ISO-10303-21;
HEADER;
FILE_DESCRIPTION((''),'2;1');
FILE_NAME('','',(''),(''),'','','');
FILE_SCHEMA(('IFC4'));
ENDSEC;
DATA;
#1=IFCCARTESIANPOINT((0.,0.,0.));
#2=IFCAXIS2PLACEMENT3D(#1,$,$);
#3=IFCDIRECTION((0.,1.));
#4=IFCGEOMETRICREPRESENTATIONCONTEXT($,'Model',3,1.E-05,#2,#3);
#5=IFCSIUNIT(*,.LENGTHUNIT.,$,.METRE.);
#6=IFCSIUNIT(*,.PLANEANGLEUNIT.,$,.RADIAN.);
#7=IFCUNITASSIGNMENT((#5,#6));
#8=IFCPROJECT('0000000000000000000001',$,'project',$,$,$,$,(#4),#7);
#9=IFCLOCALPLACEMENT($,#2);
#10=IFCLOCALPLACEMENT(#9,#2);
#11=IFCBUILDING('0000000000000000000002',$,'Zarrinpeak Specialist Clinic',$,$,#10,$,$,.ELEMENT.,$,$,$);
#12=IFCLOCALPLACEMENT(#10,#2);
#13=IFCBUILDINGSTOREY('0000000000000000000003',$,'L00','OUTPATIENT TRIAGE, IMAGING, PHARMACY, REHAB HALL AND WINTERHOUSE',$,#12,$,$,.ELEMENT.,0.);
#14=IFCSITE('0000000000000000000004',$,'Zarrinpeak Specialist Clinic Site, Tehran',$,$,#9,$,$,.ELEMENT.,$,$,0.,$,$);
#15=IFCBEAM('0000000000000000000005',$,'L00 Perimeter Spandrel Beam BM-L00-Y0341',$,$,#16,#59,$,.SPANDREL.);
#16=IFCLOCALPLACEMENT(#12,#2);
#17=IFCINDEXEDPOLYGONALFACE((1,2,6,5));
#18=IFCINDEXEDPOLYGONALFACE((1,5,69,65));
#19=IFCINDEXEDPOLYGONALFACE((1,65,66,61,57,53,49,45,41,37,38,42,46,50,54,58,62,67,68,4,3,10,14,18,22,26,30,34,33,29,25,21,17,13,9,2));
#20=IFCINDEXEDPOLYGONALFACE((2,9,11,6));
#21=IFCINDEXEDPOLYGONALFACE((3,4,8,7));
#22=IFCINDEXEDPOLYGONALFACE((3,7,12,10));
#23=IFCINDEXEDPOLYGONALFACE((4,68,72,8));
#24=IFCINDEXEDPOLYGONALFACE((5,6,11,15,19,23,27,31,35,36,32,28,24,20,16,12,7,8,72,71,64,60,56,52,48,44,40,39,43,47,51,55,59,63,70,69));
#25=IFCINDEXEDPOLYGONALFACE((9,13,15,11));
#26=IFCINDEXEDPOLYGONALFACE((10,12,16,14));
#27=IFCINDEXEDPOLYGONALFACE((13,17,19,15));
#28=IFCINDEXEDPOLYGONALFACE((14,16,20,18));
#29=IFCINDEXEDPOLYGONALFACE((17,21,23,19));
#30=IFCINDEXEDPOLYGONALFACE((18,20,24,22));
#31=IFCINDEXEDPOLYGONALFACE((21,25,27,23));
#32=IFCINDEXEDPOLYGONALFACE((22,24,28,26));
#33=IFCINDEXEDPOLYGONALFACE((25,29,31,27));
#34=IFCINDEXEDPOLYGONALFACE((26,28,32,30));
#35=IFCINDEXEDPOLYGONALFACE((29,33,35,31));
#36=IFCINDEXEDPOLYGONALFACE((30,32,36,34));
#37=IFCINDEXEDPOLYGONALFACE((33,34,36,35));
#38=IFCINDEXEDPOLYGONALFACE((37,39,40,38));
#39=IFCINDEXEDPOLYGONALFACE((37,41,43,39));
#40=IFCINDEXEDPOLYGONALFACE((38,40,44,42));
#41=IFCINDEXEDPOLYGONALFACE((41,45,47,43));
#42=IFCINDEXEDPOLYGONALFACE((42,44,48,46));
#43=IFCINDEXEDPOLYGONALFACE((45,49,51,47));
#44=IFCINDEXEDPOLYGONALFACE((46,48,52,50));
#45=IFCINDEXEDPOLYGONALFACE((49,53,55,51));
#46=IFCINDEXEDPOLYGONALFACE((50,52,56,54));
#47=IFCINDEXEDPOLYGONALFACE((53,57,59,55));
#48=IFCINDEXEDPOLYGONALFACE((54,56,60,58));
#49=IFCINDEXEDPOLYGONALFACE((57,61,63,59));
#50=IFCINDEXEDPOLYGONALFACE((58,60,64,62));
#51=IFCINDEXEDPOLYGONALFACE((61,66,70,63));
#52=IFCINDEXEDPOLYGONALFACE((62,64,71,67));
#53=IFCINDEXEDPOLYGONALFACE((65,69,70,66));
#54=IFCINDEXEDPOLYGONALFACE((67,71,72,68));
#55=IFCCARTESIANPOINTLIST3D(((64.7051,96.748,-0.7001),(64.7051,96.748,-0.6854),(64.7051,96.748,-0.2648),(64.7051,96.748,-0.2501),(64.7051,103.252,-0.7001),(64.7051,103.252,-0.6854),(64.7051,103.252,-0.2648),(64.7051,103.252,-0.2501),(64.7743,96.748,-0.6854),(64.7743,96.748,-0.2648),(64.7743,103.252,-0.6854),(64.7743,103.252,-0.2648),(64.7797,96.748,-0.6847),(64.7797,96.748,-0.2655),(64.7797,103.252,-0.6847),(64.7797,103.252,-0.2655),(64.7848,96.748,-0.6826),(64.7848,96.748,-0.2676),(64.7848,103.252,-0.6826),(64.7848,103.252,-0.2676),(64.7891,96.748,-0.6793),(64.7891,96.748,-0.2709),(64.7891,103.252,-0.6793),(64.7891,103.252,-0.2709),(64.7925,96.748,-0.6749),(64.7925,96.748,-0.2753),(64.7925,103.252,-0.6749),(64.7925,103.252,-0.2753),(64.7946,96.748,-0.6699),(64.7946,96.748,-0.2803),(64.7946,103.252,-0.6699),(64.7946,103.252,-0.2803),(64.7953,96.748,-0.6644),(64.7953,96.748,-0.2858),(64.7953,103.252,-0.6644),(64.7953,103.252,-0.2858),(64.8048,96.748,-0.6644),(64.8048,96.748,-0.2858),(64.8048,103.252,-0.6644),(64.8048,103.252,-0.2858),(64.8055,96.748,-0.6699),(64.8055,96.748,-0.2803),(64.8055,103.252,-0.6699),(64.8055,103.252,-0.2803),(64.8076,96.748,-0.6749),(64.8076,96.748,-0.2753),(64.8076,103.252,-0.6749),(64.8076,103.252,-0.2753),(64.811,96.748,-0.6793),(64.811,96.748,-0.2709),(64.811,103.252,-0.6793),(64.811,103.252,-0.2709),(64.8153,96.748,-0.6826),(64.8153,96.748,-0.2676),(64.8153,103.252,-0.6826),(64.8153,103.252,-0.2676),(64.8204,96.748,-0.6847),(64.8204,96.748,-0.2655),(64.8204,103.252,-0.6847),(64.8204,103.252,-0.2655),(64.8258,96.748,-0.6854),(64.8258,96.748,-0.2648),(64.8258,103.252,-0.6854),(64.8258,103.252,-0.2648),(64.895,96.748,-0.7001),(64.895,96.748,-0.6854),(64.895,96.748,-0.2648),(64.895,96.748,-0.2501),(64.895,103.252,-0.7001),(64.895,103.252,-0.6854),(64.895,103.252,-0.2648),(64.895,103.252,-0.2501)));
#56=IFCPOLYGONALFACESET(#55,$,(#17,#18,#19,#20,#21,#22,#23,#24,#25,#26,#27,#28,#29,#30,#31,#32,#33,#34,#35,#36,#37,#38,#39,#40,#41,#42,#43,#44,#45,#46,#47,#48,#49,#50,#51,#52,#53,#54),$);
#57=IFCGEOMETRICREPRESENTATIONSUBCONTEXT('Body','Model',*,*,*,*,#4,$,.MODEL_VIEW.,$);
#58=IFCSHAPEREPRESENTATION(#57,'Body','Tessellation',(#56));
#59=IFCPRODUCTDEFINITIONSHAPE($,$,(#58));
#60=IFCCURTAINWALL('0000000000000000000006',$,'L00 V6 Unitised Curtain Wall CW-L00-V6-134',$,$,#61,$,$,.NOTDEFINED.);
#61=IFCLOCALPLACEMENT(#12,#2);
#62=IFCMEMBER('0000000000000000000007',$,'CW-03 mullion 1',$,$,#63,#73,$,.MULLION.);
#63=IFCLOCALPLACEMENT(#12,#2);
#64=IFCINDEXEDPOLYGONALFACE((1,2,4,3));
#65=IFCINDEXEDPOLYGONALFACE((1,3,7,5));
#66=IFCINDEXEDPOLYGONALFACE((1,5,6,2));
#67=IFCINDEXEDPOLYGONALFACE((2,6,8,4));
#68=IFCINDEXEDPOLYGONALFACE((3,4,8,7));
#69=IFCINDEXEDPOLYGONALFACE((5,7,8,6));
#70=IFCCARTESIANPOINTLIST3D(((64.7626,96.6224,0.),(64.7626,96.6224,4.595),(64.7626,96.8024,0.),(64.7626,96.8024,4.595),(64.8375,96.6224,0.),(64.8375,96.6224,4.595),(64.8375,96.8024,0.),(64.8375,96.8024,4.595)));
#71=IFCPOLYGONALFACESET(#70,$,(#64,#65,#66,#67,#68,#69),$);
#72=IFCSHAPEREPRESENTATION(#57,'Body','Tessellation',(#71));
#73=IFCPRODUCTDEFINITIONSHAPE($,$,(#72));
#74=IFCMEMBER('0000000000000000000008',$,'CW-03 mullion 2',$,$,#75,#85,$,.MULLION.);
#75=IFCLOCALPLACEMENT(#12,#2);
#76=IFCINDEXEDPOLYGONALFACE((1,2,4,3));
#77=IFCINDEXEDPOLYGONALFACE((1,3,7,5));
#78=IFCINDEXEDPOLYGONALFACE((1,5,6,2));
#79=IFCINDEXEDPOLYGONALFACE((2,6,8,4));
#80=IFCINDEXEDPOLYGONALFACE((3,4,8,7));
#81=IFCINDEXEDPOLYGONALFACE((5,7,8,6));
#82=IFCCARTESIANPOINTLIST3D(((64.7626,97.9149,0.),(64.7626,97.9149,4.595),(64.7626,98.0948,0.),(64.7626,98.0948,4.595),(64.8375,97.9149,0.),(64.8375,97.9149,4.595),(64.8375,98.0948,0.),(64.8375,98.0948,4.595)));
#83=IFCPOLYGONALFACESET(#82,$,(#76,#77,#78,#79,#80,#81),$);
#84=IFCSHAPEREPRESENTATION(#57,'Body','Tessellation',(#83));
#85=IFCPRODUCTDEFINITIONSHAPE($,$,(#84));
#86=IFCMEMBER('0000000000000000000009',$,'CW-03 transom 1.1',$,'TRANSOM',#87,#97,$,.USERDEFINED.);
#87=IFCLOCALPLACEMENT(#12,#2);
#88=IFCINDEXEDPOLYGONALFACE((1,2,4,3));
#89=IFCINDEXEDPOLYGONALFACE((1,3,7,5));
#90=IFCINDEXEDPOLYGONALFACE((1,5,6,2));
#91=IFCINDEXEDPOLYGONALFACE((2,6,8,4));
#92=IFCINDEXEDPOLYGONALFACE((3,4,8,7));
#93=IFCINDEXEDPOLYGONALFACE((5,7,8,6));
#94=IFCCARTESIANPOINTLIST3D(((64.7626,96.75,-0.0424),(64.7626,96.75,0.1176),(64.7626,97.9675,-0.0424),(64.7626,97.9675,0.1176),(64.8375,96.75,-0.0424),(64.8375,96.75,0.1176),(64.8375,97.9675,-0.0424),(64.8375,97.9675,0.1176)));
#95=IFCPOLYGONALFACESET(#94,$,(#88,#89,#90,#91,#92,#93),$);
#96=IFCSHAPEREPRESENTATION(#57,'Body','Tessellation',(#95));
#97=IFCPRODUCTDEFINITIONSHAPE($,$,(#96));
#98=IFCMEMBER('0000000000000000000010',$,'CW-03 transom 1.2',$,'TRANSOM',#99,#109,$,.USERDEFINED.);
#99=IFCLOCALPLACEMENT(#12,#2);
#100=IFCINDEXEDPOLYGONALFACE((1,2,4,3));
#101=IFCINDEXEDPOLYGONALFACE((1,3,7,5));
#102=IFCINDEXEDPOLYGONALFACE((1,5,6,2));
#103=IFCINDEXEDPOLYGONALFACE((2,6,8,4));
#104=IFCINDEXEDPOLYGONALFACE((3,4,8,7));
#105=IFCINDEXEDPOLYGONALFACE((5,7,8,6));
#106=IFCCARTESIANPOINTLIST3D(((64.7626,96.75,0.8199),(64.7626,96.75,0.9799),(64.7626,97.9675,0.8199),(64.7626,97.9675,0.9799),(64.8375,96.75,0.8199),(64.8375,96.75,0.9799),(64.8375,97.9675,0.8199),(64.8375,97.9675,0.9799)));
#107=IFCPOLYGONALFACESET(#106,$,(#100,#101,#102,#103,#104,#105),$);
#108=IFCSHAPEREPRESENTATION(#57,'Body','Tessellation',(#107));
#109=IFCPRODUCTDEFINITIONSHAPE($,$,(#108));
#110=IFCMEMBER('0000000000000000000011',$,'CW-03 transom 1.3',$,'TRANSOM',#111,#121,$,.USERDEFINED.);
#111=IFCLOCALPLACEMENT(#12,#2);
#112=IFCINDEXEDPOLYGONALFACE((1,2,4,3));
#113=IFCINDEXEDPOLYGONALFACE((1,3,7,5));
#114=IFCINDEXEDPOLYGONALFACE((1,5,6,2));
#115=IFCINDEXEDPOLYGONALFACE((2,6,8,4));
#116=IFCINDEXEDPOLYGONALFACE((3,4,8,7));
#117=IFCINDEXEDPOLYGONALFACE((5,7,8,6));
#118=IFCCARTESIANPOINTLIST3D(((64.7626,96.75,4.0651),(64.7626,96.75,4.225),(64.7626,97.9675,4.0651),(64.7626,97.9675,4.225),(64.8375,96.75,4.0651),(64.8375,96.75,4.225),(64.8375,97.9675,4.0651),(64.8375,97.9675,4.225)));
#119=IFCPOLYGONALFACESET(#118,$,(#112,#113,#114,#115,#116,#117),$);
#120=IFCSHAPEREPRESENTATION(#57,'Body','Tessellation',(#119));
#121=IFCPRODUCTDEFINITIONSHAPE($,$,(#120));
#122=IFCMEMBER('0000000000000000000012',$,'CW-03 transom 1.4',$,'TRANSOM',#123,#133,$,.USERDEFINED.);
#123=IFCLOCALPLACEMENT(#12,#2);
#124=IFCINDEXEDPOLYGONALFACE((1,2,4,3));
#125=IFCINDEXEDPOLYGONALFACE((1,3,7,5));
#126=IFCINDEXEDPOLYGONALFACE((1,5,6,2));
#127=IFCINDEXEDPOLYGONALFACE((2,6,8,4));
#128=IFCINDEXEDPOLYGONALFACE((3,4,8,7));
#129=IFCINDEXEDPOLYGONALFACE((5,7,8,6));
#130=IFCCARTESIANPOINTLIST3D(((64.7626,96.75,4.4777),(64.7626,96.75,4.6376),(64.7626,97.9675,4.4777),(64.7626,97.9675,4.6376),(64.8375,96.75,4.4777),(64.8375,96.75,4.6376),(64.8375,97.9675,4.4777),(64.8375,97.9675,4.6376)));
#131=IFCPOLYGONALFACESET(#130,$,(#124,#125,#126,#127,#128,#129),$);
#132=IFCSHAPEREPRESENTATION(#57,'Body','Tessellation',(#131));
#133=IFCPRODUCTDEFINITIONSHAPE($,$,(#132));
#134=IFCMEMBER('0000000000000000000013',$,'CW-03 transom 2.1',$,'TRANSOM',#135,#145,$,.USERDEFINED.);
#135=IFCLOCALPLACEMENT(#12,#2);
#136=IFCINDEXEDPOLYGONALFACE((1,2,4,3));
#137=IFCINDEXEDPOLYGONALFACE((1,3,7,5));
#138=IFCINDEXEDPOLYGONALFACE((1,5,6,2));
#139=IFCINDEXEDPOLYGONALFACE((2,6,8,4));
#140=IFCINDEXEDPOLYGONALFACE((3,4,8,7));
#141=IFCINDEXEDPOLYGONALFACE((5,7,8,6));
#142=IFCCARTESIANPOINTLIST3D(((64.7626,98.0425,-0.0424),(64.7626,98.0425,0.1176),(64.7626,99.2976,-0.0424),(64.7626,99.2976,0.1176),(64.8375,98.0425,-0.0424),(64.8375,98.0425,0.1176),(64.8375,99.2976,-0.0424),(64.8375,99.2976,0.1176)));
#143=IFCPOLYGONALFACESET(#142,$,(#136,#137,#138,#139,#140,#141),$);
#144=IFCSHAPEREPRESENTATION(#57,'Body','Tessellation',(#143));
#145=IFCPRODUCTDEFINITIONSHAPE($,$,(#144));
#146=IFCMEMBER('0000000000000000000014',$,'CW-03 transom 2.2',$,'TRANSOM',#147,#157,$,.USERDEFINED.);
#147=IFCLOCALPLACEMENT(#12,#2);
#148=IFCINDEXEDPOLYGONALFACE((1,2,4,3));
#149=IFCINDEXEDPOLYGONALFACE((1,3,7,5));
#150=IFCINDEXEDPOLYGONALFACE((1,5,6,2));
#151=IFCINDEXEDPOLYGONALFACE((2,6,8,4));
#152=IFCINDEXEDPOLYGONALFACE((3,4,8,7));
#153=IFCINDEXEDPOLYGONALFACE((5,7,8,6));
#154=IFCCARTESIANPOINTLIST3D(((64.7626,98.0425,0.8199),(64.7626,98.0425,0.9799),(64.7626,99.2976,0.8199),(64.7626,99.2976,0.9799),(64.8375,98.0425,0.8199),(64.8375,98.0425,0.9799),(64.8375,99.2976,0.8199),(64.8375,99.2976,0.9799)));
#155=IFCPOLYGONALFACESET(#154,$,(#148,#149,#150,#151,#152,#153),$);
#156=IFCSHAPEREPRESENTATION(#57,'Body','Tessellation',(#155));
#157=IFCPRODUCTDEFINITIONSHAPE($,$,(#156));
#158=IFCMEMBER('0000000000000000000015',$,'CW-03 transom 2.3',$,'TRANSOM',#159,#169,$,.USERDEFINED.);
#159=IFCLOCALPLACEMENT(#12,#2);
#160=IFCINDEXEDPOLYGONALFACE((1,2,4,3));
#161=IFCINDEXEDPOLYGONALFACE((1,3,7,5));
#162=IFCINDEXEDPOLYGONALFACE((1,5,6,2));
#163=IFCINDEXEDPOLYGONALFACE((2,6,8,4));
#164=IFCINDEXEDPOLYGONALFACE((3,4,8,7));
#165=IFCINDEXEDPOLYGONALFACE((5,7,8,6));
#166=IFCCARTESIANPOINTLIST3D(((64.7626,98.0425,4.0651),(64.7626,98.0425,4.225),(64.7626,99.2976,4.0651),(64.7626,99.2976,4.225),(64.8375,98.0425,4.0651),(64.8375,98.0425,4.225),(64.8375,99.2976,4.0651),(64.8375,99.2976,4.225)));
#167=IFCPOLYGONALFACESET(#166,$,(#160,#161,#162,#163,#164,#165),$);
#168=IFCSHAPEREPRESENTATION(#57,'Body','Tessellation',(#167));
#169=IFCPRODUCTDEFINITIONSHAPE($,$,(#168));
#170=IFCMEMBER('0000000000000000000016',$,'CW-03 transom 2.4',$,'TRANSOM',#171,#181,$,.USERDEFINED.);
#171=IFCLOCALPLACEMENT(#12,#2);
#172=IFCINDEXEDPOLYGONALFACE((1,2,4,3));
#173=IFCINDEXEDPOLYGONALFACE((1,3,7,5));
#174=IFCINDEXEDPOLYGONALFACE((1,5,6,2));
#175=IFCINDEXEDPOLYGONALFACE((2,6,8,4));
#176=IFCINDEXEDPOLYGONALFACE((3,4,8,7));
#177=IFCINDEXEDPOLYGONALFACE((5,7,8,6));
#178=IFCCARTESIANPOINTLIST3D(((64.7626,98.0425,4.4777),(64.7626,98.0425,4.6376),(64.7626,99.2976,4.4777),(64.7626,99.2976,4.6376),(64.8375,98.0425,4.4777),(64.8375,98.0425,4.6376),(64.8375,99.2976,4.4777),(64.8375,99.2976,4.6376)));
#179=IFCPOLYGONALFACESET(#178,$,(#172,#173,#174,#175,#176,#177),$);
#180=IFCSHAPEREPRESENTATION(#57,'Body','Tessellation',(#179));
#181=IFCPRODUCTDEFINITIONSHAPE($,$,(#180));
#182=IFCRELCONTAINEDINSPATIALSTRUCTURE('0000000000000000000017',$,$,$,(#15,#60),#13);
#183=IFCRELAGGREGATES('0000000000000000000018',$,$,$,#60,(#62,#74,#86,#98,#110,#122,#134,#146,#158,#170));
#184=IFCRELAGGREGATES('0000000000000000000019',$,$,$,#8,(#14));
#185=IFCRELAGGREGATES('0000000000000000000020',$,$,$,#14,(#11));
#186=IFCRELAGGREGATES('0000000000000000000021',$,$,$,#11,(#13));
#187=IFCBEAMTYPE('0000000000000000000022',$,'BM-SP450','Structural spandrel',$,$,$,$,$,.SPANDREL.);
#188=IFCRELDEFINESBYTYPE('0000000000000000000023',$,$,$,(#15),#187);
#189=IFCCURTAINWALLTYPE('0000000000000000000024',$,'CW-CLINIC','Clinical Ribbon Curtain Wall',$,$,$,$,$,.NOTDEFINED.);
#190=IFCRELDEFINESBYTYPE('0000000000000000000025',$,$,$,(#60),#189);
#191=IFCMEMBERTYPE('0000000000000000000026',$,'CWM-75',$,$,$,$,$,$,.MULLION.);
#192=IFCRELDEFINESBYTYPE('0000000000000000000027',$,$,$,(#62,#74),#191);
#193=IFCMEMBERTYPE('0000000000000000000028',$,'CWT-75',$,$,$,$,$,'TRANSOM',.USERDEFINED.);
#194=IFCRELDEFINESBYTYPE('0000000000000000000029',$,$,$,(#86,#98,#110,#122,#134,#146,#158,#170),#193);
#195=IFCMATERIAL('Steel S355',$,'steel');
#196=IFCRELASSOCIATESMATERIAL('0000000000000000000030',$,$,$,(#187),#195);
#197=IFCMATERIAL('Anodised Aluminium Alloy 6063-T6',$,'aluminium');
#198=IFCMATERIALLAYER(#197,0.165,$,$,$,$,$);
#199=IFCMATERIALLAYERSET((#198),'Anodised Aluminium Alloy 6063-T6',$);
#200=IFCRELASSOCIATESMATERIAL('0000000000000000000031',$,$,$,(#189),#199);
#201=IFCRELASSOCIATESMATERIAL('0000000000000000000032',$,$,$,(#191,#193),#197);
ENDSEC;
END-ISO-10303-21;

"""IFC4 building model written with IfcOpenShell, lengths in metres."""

from ifc_helpers import new_model, si_unit, direction, frame, origin, origin_2d, place, context, subcontext, project, spatial, rectangle, i_section, extrude, material, layer, layer_set, material_profile, profile_set, type_object, element, aggregate, save


model = new_model("IFC4")

# Units and contexts
model_context = context("Model", 3, precision=1e-05, world=origin(), true_north=direction((0.0, 1.0)))
body_context = subcontext(model_context, "Body", "Model", "MODEL_VIEW")
ifc_project = project(units=[si_unit("LENGTHUNIT", "METRE"), si_unit("PLANEANGLEUNIT", "RADIAN")], contexts=[model_context])

# Site, building, storey
site_placement = place(None, origin())
site = spatial("IfcSite", under=ifc_project, at=site_placement, Name="Zarrinpeak Specialist Clinic Site, Tehran", CompositionType="ELEMENT", RefElevation=0.0)
building_placement = place(site_placement, origin())
building = spatial("IfcBuilding", under=site, at=building_placement, Name="Zarrinpeak Specialist Clinic", CompositionType="ELEMENT")
storey_placement = place(building_placement, origin())
storey = spatial("IfcBuildingStorey", under=building, at=storey_placement, Name="L00", Description="OUTPATIENT TRIAGE, IMAGING, PHARMACY, REHAB HALL AND WINTERHOUSE", CompositionType="ELEMENT", Elevation=0.0)

# Shared definitions
ifc_material_1 = material(Name="Steel S355", Category="steel")

# Beam
ifc_material_profile_1 = material_profile(ifc_material_1, i_section(OverallWidth=0.1899, OverallDepth=0.45, WebThickness=0.0095, FlangeThickness=0.0146, FilletRadius=0.021, at=origin_2d()), Name="IPE 450")
ifc_profile_set_1 = profile_set([ifc_material_profile_1], Name="Steel S355")
beam_type_1 = type_object("IfcBeamType", Name="BM-SP450", Description="Structural spandrel", PredefinedType="SPANDREL", material=ifc_profile_set_1)
beam_1_placement = place(storey_placement, frame((64.8, 96.748, -0.4751), z_axis=(0.0, 1.0, 0.0), x_axis=(-1.0, 0.0, 0.0)))
element("IfcBeam", 1, at=beam_1_placement, inside=storey, type_object=beam_type_1, Name="L00 Perimeter Spandrel Beam BM-L00-Y0341", PredefinedType="SPANDREL", context=body_context, shape_type="SweptSolid", body=[
    extrude(i_section(OverallWidth=0.1899, OverallDepth=0.45, WebThickness=0.0095, FlangeThickness=0.0146, FilletRadius=0.021, at=origin_2d()), origin(), (0.0, 0.0, 1.0), 6.5039),
])

# Curtain wall, members
ifc_material_2 = material(Name="Anodised Aluminium Alloy 6063-T6", Category="aluminium")
ifc_layer_1 = layer(ifc_material_2, 0.165)
ifc_layer_set_1 = layer_set([ifc_layer_1], Name="Anodised Aluminium Alloy 6063-T6")
curtain_wall_type = type_object("IfcCurtainWallType", Name="CW-CLINIC", Description="Clinical Ribbon Curtain Wall", PredefinedType="NOTDEFINED", material=ifc_layer_set_1)
curtain_wall_placement = place(storey_placement, origin())
curtain_wall = element("IfcCurtainWall", 2, at=curtain_wall_placement, inside=storey, type_object=curtain_wall_type, Name="L00 V6 Unitised Curtain Wall CW-L00-V6-134", PredefinedType="NOTDEFINED")
ifc_material_profile_2 = material_profile(ifc_material_2, rectangle(XDim=0.075, YDim=0.1799, at=origin_2d()), Name="ALU 75x180")
ifc_profile_set_2 = profile_set([ifc_material_profile_2], Name="Anodised Aluminium Alloy 6063-T6")
member_type_1 = type_object("IfcMemberType", Name="CWM-75", PredefinedType="MULLION", material=ifc_profile_set_2)
member_1_placement = place(storey_placement, frame((64.8, 96.7124, 0.0), z_axis=(0.0, 0.0, 1.0), x_axis=(-1.0, 0.0, 0.0)))
member_1 = element("IfcMember", 3, at=member_1_placement, type_object=member_type_1, Name="CW-03 mullion 1", PredefinedType="MULLION", context=body_context, shape_type="SweptSolid", body=[
    extrude(rectangle(XDim=0.075, YDim=0.1799, at=origin_2d()), origin(), (0.0, 0.0, 1.0), 4.595),
])
member_2_placement = place(storey_placement, frame((64.8, 98.0049, 0.0), z_axis=(0.0, 0.0, 1.0), x_axis=(-1.0, 0.0, 0.0)))
member_2 = element("IfcMember", 4, at=member_2_placement, type_object=member_type_1, Name="CW-03 mullion 2", PredefinedType="MULLION", context=body_context, shape_type="SweptSolid", body=[
    extrude(rectangle(XDim=0.075, YDim=0.1799, at=origin_2d()), origin(), (0.0, 0.0, 1.0), 4.595),
])
ifc_material_profile_3 = material_profile(ifc_material_2, rectangle(XDim=0.075, YDim=0.1599, at=origin_2d()), Name="ALU 75x160")
ifc_profile_set_3 = profile_set([ifc_material_profile_3], Name="Anodised Aluminium Alloy 6063-T6")
member_type_2 = type_object("IfcMemberType", Name="CWT-75", ElementType="TRANSOM", PredefinedType="USERDEFINED", material=ifc_profile_set_3)
member_3_placement = place(storey_placement, frame((64.8, 96.75, 0.0376), z_axis=(0.0, 1.0, 0.0), x_axis=(-1.0, 0.0, 0.0)))
member_3 = element("IfcMember", 5, at=member_3_placement, type_object=member_type_2, Name="CW-03 transom 1.1", ObjectType="TRANSOM", PredefinedType="USERDEFINED", context=body_context, shape_type="SweptSolid", body=[
    extrude(rectangle(XDim=0.075, YDim=0.1599, at=origin_2d()), origin(), (0.0, 0.0, 1.0), 1.2175),
])
member_4_placement = place(storey_placement, frame((64.8, 96.75, 0.8999), z_axis=(0.0, 1.0, 0.0), x_axis=(-1.0, 0.0, 0.0)))
member_4 = element("IfcMember", 6, at=member_4_placement, type_object=member_type_2, Name="CW-03 transom 1.2", ObjectType="TRANSOM", PredefinedType="USERDEFINED", context=body_context, shape_type="SweptSolid", body=[
    extrude(rectangle(XDim=0.075, YDim=0.1599, at=origin_2d()), origin(), (0.0, 0.0, 1.0), 1.2175),
])
member_5_placement = place(storey_placement, frame((64.8, 96.75, 4.145), z_axis=(0.0, 1.0, 0.0), x_axis=(-1.0, 0.0, 0.0)))
member_5 = element("IfcMember", 7, at=member_5_placement, type_object=member_type_2, Name="CW-03 transom 1.3", ObjectType="TRANSOM", PredefinedType="USERDEFINED", context=body_context, shape_type="SweptSolid", body=[
    extrude(rectangle(XDim=0.075, YDim=0.1599, at=origin_2d()), origin(), (0.0, 0.0, 1.0), 1.2175),
])
member_6_placement = place(storey_placement, frame((64.8, 96.75, 4.5576), z_axis=(0.0, 1.0, 0.0), x_axis=(-1.0, 0.0, 0.0)))
member_6 = element("IfcMember", 8, at=member_6_placement, type_object=member_type_2, Name="CW-03 transom 1.4", ObjectType="TRANSOM", PredefinedType="USERDEFINED", context=body_context, shape_type="SweptSolid", body=[
    extrude(rectangle(XDim=0.075, YDim=0.1599, at=origin_2d()), origin(), (0.0, 0.0, 1.0), 1.2175),
])
member_7_placement = place(storey_placement, frame((64.8, 98.0425, 0.0376), z_axis=(0.0, 1.0, 0.0), x_axis=(-1.0, 0.0, 0.0)))
member_7 = element("IfcMember", 9, at=member_7_placement, type_object=member_type_2, Name="CW-03 transom 2.1", ObjectType="TRANSOM", PredefinedType="USERDEFINED", context=body_context, shape_type="SweptSolid", body=[
    extrude(rectangle(XDim=0.075, YDim=0.1599, at=origin_2d()), origin(), (0.0, 0.0, 1.0), 1.2551),
])
member_8_placement = place(storey_placement, frame((64.8, 98.0425, 0.8999), z_axis=(0.0, 1.0, 0.0), x_axis=(-1.0, 0.0, 0.0)))
member_8 = element("IfcMember", 10, at=member_8_placement, type_object=member_type_2, Name="CW-03 transom 2.2", ObjectType="TRANSOM", PredefinedType="USERDEFINED", context=body_context, shape_type="SweptSolid", body=[
    extrude(rectangle(XDim=0.075, YDim=0.1599, at=origin_2d()), origin(), (0.0, 0.0, 1.0), 1.2551),
])
member_9_placement = place(storey_placement, frame((64.8, 98.0425, 4.145), z_axis=(0.0, 1.0, 0.0), x_axis=(-1.0, 0.0, 0.0)))
member_9 = element("IfcMember", 11, at=member_9_placement, type_object=member_type_2, Name="CW-03 transom 2.3", ObjectType="TRANSOM", PredefinedType="USERDEFINED", context=body_context, shape_type="SweptSolid", body=[
    extrude(rectangle(XDim=0.075, YDim=0.1599, at=origin_2d()), origin(), (0.0, 0.0, 1.0), 1.2551),
])
member_10_placement = place(storey_placement, frame((64.8, 98.0425, 4.5576), z_axis=(0.0, 1.0, 0.0), x_axis=(-1.0, 0.0, 0.0)))
member_10 = element("IfcMember", 12, at=member_10_placement, type_object=member_type_2, Name="CW-03 transom 2.4", ObjectType="TRANSOM", PredefinedType="USERDEFINED", context=body_context, shape_type="SweptSolid", body=[
    extrude(rectangle(XDim=0.075, YDim=0.1599, at=origin_2d()), origin(), (0.0, 0.0, 1.0), 1.2551),
])
aggregate(curtain_wall, [member_1, member_2, member_3, member_4, member_5, member_6, member_7, member_8, member_9, member_10])

save(model, "model.ifc")
